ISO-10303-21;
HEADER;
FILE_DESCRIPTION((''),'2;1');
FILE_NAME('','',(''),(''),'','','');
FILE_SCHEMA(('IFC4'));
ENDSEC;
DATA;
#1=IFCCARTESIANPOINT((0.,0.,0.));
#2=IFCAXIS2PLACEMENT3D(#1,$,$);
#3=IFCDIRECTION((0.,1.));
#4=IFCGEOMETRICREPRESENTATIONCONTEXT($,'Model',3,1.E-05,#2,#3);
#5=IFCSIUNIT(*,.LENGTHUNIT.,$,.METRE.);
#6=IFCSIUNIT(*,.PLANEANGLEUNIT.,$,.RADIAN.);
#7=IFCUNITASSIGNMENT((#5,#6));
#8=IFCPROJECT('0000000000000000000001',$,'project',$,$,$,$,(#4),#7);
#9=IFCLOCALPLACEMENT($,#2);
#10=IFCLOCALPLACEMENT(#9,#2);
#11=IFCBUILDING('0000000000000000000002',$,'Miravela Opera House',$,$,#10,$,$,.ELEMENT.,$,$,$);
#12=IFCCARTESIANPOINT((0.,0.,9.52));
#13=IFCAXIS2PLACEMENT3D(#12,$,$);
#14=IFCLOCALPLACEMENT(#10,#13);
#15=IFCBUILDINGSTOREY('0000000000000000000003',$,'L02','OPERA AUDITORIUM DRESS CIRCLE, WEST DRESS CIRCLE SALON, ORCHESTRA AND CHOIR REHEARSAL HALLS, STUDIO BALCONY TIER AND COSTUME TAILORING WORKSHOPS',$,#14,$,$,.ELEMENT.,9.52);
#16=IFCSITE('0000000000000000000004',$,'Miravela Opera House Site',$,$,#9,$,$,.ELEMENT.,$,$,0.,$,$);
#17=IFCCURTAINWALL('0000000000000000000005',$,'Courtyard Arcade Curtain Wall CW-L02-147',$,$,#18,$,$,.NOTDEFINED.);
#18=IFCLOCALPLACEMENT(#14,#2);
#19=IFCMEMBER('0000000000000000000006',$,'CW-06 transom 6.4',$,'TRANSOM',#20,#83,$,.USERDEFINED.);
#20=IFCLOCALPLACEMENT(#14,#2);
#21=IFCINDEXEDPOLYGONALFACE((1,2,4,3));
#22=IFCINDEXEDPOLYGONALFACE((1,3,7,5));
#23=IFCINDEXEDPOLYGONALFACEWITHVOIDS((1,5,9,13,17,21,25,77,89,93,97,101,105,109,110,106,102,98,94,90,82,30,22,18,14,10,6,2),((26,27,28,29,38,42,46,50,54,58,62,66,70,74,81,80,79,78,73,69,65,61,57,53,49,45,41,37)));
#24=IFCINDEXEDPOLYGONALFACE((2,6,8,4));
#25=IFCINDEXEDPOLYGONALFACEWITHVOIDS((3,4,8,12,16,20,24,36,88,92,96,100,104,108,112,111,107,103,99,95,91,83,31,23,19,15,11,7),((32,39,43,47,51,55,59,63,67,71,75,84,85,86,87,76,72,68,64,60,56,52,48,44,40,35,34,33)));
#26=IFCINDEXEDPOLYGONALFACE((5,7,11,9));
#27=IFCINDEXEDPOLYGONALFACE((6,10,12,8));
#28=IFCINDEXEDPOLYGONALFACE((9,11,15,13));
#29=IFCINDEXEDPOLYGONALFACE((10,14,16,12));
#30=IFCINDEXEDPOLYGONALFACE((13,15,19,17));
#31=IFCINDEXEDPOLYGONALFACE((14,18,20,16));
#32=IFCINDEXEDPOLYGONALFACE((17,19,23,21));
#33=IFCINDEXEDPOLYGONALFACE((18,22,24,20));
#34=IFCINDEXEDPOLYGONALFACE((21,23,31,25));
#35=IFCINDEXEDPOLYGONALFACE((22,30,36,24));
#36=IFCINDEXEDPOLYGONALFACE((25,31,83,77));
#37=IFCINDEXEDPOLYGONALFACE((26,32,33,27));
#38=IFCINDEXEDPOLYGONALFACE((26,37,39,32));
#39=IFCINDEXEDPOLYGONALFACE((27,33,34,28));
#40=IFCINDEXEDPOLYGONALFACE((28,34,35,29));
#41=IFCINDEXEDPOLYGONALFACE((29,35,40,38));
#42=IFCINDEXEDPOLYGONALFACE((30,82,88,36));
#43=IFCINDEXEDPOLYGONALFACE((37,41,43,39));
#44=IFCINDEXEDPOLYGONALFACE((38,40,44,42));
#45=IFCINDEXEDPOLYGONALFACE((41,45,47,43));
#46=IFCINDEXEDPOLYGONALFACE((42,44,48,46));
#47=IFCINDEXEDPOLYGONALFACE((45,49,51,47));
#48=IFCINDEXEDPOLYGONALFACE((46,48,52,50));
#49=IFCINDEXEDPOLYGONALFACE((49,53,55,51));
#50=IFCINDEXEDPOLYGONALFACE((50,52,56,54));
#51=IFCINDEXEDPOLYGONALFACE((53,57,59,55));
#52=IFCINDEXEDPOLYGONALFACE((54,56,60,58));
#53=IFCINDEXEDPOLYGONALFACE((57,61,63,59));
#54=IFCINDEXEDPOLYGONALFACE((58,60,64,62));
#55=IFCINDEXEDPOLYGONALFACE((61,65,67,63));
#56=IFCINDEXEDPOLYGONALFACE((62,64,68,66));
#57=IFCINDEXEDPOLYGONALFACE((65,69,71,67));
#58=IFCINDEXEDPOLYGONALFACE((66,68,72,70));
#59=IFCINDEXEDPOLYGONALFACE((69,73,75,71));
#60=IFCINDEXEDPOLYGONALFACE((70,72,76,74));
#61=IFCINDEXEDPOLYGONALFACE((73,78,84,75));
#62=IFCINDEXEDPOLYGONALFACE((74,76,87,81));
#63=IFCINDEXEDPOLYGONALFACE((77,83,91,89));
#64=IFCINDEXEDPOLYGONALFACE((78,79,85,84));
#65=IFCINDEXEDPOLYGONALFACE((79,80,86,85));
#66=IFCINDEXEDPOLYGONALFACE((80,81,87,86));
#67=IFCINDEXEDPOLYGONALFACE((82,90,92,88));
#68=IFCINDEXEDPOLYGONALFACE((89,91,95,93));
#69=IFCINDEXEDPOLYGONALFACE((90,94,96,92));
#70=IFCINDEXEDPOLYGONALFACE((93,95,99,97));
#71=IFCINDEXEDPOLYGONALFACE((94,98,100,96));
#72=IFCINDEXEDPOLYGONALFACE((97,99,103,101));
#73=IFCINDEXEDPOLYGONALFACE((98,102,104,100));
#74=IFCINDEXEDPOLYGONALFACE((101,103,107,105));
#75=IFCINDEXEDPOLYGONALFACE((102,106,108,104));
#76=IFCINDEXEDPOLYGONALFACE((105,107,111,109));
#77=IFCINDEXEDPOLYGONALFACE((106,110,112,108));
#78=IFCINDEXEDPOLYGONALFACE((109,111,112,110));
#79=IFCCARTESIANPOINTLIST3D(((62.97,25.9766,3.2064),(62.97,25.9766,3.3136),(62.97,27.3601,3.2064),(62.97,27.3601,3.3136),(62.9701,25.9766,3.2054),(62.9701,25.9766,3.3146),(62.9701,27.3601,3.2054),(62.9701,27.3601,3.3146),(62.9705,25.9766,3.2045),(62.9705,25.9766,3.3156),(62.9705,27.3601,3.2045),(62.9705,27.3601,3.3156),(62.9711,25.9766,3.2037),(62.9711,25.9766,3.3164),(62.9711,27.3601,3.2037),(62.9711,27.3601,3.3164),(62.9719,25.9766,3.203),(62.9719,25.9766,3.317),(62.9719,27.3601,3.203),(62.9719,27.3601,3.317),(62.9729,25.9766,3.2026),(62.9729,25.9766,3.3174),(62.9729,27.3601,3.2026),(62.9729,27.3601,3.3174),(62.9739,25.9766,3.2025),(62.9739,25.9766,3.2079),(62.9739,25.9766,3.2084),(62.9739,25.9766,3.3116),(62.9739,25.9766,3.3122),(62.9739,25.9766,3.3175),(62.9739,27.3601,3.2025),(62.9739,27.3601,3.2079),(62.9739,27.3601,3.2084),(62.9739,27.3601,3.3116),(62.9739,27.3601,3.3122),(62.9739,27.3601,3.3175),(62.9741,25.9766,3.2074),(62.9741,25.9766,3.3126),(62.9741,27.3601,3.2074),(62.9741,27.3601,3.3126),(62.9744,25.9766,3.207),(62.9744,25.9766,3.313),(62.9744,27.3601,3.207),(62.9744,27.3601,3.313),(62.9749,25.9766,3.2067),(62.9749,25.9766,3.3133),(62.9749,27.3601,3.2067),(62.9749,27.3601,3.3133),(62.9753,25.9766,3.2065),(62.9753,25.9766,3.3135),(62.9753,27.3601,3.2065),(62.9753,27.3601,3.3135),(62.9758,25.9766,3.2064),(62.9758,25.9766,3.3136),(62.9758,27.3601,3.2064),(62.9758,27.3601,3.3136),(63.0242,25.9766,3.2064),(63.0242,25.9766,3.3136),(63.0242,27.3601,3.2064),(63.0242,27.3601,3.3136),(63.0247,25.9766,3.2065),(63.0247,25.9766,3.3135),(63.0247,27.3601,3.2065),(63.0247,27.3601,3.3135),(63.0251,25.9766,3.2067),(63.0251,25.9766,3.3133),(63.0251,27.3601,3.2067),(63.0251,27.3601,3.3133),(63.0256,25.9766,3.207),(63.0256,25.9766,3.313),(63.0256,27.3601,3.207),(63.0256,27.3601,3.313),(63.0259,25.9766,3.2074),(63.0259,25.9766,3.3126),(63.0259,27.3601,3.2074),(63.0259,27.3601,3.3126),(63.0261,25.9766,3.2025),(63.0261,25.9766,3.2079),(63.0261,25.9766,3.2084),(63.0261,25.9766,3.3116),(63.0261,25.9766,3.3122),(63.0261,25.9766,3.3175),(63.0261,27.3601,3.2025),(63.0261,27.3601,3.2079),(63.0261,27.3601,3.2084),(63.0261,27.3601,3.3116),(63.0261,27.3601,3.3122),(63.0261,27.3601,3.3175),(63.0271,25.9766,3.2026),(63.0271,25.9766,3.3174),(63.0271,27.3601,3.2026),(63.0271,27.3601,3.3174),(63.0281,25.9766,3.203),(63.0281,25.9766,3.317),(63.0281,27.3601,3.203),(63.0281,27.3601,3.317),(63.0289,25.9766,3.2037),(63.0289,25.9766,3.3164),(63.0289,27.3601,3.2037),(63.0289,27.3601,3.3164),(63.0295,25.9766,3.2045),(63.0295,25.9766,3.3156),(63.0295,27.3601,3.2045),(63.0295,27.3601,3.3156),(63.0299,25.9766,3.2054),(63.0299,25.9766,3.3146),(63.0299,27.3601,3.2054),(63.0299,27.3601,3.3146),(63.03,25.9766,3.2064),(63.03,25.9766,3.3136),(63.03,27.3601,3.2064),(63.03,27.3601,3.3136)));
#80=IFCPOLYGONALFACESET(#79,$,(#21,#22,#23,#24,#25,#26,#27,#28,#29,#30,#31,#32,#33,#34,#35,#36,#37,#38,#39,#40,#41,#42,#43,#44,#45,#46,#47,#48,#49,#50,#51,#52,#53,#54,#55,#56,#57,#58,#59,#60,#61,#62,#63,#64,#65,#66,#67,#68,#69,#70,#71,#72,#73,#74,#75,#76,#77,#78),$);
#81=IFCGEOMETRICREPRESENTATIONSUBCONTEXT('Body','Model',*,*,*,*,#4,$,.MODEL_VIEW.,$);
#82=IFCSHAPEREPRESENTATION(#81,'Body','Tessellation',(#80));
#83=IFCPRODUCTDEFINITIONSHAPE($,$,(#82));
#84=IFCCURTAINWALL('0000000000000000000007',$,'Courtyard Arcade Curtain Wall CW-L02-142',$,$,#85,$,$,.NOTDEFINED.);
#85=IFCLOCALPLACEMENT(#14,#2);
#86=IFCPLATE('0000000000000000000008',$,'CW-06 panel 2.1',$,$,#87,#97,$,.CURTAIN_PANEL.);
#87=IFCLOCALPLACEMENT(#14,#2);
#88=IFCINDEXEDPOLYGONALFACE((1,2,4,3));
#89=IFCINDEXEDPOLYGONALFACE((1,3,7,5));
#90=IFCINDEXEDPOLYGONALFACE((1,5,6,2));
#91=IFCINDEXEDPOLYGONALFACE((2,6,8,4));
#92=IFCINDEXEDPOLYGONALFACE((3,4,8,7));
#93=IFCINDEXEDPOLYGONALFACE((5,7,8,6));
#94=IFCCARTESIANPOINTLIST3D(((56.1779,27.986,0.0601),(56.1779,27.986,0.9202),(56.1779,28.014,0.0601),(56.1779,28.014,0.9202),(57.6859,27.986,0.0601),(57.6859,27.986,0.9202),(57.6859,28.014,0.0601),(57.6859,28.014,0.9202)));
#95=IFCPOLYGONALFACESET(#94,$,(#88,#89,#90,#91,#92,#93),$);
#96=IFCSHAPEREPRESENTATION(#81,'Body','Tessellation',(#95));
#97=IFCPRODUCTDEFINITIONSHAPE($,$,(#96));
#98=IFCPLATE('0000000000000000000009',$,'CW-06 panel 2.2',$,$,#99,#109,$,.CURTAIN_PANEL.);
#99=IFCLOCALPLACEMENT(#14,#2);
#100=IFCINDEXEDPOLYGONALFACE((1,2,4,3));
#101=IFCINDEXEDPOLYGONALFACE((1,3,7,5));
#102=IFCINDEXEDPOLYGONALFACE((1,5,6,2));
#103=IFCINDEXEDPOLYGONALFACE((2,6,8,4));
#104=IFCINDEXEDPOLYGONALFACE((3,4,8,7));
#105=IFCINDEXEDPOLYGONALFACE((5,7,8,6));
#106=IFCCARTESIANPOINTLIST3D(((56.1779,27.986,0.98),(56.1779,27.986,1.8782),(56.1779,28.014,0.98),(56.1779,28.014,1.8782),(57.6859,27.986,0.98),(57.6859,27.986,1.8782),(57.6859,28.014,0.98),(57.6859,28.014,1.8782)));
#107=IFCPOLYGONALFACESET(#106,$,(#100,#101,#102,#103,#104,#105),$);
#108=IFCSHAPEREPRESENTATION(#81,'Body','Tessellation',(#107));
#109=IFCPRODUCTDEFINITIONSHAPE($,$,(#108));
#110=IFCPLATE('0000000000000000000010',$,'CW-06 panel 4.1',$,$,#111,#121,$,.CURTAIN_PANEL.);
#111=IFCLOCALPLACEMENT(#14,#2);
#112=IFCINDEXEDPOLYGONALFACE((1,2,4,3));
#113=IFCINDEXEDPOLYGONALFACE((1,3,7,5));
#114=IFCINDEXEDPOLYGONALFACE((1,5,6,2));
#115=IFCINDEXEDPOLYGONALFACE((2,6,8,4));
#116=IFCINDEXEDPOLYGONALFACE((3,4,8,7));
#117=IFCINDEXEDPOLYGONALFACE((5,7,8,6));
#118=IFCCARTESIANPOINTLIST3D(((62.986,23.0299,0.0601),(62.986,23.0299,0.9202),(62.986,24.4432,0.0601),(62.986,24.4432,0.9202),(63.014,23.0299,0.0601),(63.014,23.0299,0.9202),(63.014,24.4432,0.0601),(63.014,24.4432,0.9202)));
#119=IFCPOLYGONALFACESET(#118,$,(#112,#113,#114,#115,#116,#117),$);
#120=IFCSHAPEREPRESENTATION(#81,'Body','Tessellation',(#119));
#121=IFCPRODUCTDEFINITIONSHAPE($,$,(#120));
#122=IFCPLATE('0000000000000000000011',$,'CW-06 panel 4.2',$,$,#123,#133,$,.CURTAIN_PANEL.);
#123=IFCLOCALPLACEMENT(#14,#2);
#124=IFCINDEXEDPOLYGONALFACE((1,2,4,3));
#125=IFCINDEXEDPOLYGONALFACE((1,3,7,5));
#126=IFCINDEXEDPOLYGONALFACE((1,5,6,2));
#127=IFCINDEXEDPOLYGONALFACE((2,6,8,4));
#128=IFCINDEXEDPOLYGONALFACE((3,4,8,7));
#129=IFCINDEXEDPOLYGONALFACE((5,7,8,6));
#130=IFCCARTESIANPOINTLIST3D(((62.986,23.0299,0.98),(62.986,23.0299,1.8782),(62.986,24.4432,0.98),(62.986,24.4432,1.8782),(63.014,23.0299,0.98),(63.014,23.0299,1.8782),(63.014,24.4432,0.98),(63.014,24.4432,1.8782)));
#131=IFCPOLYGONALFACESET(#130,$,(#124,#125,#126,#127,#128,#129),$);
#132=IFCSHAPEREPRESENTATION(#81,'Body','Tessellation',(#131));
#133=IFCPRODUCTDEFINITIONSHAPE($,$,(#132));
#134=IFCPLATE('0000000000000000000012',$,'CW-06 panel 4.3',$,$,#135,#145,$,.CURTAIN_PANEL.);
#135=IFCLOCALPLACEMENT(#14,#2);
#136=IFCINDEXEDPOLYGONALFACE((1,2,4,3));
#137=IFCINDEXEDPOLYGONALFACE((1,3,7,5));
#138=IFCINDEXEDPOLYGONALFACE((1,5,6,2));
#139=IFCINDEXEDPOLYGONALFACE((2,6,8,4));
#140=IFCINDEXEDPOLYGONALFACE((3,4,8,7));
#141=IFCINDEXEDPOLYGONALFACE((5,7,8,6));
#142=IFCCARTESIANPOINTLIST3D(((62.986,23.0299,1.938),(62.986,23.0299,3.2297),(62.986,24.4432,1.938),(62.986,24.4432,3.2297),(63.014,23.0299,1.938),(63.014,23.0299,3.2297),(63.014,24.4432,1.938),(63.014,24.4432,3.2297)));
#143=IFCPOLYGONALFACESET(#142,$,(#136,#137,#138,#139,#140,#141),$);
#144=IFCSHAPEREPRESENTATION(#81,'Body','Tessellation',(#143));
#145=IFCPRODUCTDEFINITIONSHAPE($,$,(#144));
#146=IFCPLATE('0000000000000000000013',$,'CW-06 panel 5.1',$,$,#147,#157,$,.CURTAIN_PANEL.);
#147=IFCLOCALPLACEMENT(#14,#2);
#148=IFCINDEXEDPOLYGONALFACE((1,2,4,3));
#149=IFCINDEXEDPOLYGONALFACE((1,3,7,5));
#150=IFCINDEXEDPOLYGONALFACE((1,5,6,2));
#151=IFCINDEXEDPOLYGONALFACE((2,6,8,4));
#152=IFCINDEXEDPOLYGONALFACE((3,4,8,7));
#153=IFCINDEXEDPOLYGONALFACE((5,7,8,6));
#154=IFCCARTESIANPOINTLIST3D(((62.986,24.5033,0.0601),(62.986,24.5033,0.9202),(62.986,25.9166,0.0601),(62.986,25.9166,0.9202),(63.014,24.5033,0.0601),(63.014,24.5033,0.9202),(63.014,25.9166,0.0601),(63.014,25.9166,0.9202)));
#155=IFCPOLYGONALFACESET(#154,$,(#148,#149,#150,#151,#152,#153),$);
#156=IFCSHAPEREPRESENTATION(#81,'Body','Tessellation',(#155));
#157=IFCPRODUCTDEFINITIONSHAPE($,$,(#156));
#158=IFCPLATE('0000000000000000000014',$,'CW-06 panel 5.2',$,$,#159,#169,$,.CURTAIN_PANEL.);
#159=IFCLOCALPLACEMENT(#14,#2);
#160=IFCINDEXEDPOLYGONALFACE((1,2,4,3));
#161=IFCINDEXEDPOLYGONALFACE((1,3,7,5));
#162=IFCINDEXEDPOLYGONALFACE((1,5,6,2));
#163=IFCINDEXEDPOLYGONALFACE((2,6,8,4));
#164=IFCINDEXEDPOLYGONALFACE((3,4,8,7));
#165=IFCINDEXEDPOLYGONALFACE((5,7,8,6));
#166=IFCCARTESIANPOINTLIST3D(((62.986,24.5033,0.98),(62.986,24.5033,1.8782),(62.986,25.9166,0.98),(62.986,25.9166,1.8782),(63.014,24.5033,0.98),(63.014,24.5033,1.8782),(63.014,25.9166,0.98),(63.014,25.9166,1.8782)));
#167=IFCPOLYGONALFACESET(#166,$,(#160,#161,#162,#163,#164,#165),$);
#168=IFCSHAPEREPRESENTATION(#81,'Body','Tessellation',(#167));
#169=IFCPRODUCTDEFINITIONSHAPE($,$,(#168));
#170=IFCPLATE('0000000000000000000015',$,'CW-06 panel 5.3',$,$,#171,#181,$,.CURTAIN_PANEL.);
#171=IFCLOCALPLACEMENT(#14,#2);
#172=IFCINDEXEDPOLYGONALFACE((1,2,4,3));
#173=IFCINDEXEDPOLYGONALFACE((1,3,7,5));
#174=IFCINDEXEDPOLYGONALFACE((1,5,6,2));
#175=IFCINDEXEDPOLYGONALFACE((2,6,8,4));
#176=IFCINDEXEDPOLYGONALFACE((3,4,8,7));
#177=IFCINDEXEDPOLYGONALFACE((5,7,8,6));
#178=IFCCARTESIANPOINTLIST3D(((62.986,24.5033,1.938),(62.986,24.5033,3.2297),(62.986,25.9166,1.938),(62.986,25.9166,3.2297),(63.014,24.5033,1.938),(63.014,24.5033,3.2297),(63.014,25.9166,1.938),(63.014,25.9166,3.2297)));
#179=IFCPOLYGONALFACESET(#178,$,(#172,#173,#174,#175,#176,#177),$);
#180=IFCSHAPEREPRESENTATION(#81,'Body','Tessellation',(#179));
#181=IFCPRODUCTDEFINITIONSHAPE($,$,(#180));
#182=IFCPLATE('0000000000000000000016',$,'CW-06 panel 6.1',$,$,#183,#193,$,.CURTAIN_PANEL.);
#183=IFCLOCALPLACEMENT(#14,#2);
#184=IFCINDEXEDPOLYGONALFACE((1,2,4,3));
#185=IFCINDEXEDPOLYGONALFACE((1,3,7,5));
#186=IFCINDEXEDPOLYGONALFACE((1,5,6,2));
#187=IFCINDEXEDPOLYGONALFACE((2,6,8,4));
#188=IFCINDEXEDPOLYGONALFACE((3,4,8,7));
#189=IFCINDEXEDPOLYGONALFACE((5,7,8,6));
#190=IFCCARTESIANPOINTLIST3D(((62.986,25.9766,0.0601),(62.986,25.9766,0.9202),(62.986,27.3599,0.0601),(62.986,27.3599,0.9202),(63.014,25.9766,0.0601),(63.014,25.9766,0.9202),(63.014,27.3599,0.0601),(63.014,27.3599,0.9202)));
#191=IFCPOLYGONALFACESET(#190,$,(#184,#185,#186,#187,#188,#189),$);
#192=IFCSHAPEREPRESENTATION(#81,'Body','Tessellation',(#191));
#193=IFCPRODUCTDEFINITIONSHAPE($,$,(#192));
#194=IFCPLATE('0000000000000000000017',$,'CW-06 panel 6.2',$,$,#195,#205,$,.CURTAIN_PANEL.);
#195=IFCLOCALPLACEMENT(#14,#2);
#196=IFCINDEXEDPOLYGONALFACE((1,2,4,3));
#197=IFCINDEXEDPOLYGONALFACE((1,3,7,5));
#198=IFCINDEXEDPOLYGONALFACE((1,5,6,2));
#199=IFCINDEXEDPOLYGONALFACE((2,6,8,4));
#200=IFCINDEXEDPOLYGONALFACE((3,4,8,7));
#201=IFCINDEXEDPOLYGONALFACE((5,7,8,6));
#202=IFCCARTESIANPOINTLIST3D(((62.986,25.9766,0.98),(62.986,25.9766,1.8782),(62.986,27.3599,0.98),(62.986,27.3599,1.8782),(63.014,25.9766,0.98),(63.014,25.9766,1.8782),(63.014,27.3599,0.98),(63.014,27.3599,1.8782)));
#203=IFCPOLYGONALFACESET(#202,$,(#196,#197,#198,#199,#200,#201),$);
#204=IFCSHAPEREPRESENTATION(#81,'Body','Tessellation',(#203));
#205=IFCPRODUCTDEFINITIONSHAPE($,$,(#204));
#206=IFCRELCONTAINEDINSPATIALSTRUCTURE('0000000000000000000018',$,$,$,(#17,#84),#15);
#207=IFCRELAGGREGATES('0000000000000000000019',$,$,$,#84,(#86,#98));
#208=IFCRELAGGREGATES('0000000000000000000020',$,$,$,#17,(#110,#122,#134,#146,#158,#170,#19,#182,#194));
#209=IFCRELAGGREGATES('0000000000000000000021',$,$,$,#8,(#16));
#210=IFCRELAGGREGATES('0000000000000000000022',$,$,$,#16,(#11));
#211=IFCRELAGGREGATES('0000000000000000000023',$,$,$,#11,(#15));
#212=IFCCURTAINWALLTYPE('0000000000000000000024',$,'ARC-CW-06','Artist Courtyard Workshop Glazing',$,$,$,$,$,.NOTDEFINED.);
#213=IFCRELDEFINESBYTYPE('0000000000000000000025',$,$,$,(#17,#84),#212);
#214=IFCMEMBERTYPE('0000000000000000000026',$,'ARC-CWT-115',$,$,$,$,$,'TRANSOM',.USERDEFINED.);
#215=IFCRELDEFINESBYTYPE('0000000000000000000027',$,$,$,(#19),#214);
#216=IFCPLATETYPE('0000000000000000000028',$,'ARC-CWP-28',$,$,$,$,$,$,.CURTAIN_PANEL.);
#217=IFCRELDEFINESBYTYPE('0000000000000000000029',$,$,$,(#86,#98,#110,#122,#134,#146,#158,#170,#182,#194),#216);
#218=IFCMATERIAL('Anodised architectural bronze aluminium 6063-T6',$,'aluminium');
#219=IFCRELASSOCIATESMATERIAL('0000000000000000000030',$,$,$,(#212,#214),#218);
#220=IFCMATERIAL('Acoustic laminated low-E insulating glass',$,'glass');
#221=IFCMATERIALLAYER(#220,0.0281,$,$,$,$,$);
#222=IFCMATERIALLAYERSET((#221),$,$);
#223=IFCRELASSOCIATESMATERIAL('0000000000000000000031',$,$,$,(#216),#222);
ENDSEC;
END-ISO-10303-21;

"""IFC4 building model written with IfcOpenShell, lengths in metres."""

from ifc_helpers import new_model, si_unit, direction, frame, origin, origin_2d, place, context, subcontext, project, spatial, rectangle, hollow_rectangle, extrude, material, layer, layer_set, material_profile, profile_set, type_object, element, aggregate, save


model = new_model("IFC4")

# Units and contexts
model_context = context("Model", 3, precision=1e-05, world=origin(), true_north=direction((0.0, 1.0)))
body_context = subcontext(model_context, "Body", "Model", "MODEL_VIEW")
ifc_project = project(units=[si_unit("LENGTHUNIT", "METRE"), si_unit("PLANEANGLEUNIT", "RADIAN")], contexts=[model_context])

# Site, building, storey
site_placement = place(None, origin())
site = spatial("IfcSite", under=ifc_project, at=site_placement, Name="Miravela Opera House Site", CompositionType="ELEMENT", RefElevation=0.0)
building_placement = place(site_placement, origin())
building = spatial("IfcBuilding", under=site, at=building_placement, Name="Miravela Opera House", CompositionType="ELEMENT")
storey_placement = place(building_placement, frame((0.0, 0.0, 9.52)))
storey = spatial("IfcBuildingStorey", under=building, at=storey_placement, Name="L02", Description="OPERA AUDITORIUM DRESS CIRCLE, WEST DRESS CIRCLE SALON, ORCHESTRA AND CHOIR REHEARSAL HALLS, STUDIO BALCONY TIER AND COSTUME TAILORING WORKSHOPS", CompositionType="ELEMENT", Elevation=9.52)

# Curtain wall, member
ifc_material_1 = material(Name="Anodised architectural bronze aluminium 6063-T6", Category="aluminium")
curtain_wall_type = type_object("IfcCurtainWallType", Name="ARC-CW-06", Description="Artist Courtyard Workshop Glazing", PredefinedType="NOTDEFINED", material=ifc_material_1)
curtain_wall_1_placement = place(storey_placement, origin())
curtain_wall_1 = element("IfcCurtainWall", 1, at=curtain_wall_1_placement, inside=storey, type_object=curtain_wall_type, Name="Courtyard Arcade Curtain Wall CW-L02-147", PredefinedType="NOTDEFINED")
ifc_material_profile_1 = material_profile(ifc_material_1, hollow_rectangle(XDim=0.0601, YDim=0.115, WallThickness=0.0039, InnerFilletRadius=0.002, OuterFilletRadius=0.0039, at=origin_2d()), Name="CWT-60X115")
ifc_profile_set_1 = profile_set([ifc_material_profile_1])
member_type_1 = type_object("IfcMemberType", Name="ARC-CWT-115", ElementType="TRANSOM", PredefinedType="USERDEFINED", material=ifc_profile_set_1)
member_1_placement = place(storey_placement, frame((63.0, 25.9766, 3.26), z_axis=(0.0, 1.0, 0.0), x_axis=(-1.0, 0.0, 0.0)))
member_1 = element("IfcMember", 2, at=member_1_placement, type_object=member_type_1, Name="CW-06 transom 6.4", ObjectType="TRANSOM", PredefinedType="USERDEFINED", context=body_context, shape_type="SweptSolid", body=[
    extrude(hollow_rectangle(XDim=0.0601, YDim=0.115, WallThickness=0.0039, InnerFilletRadius=0.002, OuterFilletRadius=0.0039, at=origin_2d()), origin(), (0.0, 0.0, 1.0), 1.3835),
])

# Curtain wall, plates
curtain_wall_2_placement = place(storey_placement, origin())
curtain_wall_2 = element("IfcCurtainWall", 3, at=curtain_wall_2_placement, inside=storey, type_object=curtain_wall_type, Name="Courtyard Arcade Curtain Wall CW-L02-142", PredefinedType="NOTDEFINED")
ifc_material_2 = material(Name="Acoustic laminated low-E insulating glass", Category="glass")
ifc_layer = layer(ifc_material_2, 0.0281)
ifc_layer_set = layer_set([ifc_layer])
plate_type = type_object("IfcPlateType", Name="ARC-CWP-28", PredefinedType="CURTAIN_PANEL", material=ifc_layer_set)
plate_1_placement = place(storey_placement, frame((56.9319, 28.0, 0.0601), z_axis=(0.0, 0.0, 1.0), x_axis=(1.0, 0.0, 0.0)))
plate_1 = element("IfcPlate", 4, at=plate_1_placement, type_object=plate_type, Name="CW-06 panel 2.1", PredefinedType="CURTAIN_PANEL", context=body_context, shape_type="SweptSolid", body=[
    extrude(rectangle(XDim=1.5081, YDim=0.0281, at=origin_2d()), origin(), (0.0, 0.0, 1.0), 0.8601),
])
plate_2_placement = place(storey_placement, frame((56.9319, 28.0, 0.98), z_axis=(0.0, 0.0, 1.0), x_axis=(1.0, 0.0, 0.0)))
plate_2 = element("IfcPlate", 5, at=plate_2_placement, type_object=plate_type, Name="CW-06 panel 2.2", PredefinedType="CURTAIN_PANEL", context=body_context, shape_type="SweptSolid", body=[
    extrude(rectangle(XDim=1.5081, YDim=0.0281, at=origin_2d()), origin(), (0.0, 0.0, 1.0), 0.8982),
])
aggregate(curtain_wall_2, [plate_1, plate_2])

# Plates
plate_3_placement = place(storey_placement, frame((63.0, 23.7366, 0.0601), z_axis=(0.0, 0.0, 1.0), x_axis=(0.0, 1.0, 0.0)))
plate_3 = element("IfcPlate", 6, at=plate_3_placement, type_object=plate_type, Name="CW-06 panel 4.1", PredefinedType="CURTAIN_PANEL", context=body_context, shape_type="SweptSolid", body=[
    extrude(rectangle(XDim=1.4133, YDim=0.0281, at=origin_2d()), origin(), (0.0, 0.0, 1.0), 0.8601),
])
plate_4_placement = place(storey_placement, frame((63.0, 23.7366, 0.98), z_axis=(0.0, 0.0, 1.0), x_axis=(0.0, 1.0, 0.0)))
plate_4 = element("IfcPlate", 7, at=plate_4_placement, type_object=plate_type, Name="CW-06 panel 4.2", PredefinedType="CURTAIN_PANEL", context=body_context, shape_type="SweptSolid", body=[
    extrude(rectangle(XDim=1.4133, YDim=0.0281, at=origin_2d()), origin(), (0.0, 0.0, 1.0), 0.8982),
])
plate_5_placement = place(storey_placement, frame((63.0, 23.7366, 1.938), z_axis=(0.0, 0.0, 1.0), x_axis=(0.0, 1.0, 0.0)))
plate_5 = element("IfcPlate", 8, at=plate_5_placement, type_object=plate_type, Name="CW-06 panel 4.3", PredefinedType="CURTAIN_PANEL", context=body_context, shape_type="SweptSolid", body=[
    extrude(rectangle(XDim=1.4133, YDim=0.0281, at=origin_2d()), origin(), (0.0, 0.0, 1.0), 1.2917),
])
plate_6_placement = place(storey_placement, frame((63.0, 25.21, 0.0601), z_axis=(0.0, 0.0, 1.0), x_axis=(0.0, 1.0, 0.0)))
plate_6 = element("IfcPlate", 9, at=plate_6_placement, type_object=plate_type, Name="CW-06 panel 5.1", PredefinedType="CURTAIN_PANEL", context=body_context, shape_type="SweptSolid", body=[
    extrude(rectangle(XDim=1.4133, YDim=0.0281, at=origin_2d()), origin(), (0.0, 0.0, 1.0), 0.8601),
])
plate_7_placement = place(storey_placement, frame((63.0, 25.21, 0.98), z_axis=(0.0, 0.0, 1.0), x_axis=(0.0, 1.0, 0.0)))
plate_7 = element("IfcPlate", 10, at=plate_7_placement, type_object=plate_type, Name="CW-06 panel 5.2", PredefinedType="CURTAIN_PANEL", context=body_context, shape_type="SweptSolid", body=[
    extrude(rectangle(XDim=1.4133, YDim=0.0281, at=origin_2d()), origin(), (0.0, 0.0, 1.0), 0.8982),
])
plate_8_placement = place(storey_placement, frame((63.0, 25.21, 1.938), z_axis=(0.0, 0.0, 1.0), x_axis=(0.0, 1.0, 0.0)))
plate_8 = element("IfcPlate", 11, at=plate_8_placement, type_object=plate_type, Name="CW-06 panel 5.3", PredefinedType="CURTAIN_PANEL", context=body_context, shape_type="SweptSolid", body=[
    extrude(rectangle(XDim=1.4133, YDim=0.0281, at=origin_2d()), origin(), (0.0, 0.0, 1.0), 1.2917),
])
plate_9_placement = place(storey_placement, frame((63.0, 26.6682, 0.0601), z_axis=(0.0, 0.0, 1.0), x_axis=(0.0, 1.0, 0.0)))
plate_9 = element("IfcPlate", 12, at=plate_9_placement, type_object=plate_type, Name="CW-06 panel 6.1", PredefinedType="CURTAIN_PANEL", context=body_context, shape_type="SweptSolid", body=[
    extrude(rectangle(XDim=1.3833, YDim=0.0281, at=origin_2d()), origin(), (0.0, 0.0, 1.0), 0.8601),
])
plate_10_placement = place(storey_placement, frame((63.0, 26.6682, 0.98), z_axis=(0.0, 0.0, 1.0), x_axis=(0.0, 1.0, 0.0)))
plate_10 = element("IfcPlate", 13, at=plate_10_placement, type_object=plate_type, Name="CW-06 panel 6.2", PredefinedType="CURTAIN_PANEL", context=body_context, shape_type="SweptSolid", body=[
    extrude(rectangle(XDim=1.3833, YDim=0.0281, at=origin_2d()), origin(), (0.0, 0.0, 1.0), 0.8982),
])
aggregate(curtain_wall_1, [plate_3, plate_4, plate_5, plate_6, plate_7, plate_8, member_1, plate_9, plate_10])

save(model, "model.ifc")
